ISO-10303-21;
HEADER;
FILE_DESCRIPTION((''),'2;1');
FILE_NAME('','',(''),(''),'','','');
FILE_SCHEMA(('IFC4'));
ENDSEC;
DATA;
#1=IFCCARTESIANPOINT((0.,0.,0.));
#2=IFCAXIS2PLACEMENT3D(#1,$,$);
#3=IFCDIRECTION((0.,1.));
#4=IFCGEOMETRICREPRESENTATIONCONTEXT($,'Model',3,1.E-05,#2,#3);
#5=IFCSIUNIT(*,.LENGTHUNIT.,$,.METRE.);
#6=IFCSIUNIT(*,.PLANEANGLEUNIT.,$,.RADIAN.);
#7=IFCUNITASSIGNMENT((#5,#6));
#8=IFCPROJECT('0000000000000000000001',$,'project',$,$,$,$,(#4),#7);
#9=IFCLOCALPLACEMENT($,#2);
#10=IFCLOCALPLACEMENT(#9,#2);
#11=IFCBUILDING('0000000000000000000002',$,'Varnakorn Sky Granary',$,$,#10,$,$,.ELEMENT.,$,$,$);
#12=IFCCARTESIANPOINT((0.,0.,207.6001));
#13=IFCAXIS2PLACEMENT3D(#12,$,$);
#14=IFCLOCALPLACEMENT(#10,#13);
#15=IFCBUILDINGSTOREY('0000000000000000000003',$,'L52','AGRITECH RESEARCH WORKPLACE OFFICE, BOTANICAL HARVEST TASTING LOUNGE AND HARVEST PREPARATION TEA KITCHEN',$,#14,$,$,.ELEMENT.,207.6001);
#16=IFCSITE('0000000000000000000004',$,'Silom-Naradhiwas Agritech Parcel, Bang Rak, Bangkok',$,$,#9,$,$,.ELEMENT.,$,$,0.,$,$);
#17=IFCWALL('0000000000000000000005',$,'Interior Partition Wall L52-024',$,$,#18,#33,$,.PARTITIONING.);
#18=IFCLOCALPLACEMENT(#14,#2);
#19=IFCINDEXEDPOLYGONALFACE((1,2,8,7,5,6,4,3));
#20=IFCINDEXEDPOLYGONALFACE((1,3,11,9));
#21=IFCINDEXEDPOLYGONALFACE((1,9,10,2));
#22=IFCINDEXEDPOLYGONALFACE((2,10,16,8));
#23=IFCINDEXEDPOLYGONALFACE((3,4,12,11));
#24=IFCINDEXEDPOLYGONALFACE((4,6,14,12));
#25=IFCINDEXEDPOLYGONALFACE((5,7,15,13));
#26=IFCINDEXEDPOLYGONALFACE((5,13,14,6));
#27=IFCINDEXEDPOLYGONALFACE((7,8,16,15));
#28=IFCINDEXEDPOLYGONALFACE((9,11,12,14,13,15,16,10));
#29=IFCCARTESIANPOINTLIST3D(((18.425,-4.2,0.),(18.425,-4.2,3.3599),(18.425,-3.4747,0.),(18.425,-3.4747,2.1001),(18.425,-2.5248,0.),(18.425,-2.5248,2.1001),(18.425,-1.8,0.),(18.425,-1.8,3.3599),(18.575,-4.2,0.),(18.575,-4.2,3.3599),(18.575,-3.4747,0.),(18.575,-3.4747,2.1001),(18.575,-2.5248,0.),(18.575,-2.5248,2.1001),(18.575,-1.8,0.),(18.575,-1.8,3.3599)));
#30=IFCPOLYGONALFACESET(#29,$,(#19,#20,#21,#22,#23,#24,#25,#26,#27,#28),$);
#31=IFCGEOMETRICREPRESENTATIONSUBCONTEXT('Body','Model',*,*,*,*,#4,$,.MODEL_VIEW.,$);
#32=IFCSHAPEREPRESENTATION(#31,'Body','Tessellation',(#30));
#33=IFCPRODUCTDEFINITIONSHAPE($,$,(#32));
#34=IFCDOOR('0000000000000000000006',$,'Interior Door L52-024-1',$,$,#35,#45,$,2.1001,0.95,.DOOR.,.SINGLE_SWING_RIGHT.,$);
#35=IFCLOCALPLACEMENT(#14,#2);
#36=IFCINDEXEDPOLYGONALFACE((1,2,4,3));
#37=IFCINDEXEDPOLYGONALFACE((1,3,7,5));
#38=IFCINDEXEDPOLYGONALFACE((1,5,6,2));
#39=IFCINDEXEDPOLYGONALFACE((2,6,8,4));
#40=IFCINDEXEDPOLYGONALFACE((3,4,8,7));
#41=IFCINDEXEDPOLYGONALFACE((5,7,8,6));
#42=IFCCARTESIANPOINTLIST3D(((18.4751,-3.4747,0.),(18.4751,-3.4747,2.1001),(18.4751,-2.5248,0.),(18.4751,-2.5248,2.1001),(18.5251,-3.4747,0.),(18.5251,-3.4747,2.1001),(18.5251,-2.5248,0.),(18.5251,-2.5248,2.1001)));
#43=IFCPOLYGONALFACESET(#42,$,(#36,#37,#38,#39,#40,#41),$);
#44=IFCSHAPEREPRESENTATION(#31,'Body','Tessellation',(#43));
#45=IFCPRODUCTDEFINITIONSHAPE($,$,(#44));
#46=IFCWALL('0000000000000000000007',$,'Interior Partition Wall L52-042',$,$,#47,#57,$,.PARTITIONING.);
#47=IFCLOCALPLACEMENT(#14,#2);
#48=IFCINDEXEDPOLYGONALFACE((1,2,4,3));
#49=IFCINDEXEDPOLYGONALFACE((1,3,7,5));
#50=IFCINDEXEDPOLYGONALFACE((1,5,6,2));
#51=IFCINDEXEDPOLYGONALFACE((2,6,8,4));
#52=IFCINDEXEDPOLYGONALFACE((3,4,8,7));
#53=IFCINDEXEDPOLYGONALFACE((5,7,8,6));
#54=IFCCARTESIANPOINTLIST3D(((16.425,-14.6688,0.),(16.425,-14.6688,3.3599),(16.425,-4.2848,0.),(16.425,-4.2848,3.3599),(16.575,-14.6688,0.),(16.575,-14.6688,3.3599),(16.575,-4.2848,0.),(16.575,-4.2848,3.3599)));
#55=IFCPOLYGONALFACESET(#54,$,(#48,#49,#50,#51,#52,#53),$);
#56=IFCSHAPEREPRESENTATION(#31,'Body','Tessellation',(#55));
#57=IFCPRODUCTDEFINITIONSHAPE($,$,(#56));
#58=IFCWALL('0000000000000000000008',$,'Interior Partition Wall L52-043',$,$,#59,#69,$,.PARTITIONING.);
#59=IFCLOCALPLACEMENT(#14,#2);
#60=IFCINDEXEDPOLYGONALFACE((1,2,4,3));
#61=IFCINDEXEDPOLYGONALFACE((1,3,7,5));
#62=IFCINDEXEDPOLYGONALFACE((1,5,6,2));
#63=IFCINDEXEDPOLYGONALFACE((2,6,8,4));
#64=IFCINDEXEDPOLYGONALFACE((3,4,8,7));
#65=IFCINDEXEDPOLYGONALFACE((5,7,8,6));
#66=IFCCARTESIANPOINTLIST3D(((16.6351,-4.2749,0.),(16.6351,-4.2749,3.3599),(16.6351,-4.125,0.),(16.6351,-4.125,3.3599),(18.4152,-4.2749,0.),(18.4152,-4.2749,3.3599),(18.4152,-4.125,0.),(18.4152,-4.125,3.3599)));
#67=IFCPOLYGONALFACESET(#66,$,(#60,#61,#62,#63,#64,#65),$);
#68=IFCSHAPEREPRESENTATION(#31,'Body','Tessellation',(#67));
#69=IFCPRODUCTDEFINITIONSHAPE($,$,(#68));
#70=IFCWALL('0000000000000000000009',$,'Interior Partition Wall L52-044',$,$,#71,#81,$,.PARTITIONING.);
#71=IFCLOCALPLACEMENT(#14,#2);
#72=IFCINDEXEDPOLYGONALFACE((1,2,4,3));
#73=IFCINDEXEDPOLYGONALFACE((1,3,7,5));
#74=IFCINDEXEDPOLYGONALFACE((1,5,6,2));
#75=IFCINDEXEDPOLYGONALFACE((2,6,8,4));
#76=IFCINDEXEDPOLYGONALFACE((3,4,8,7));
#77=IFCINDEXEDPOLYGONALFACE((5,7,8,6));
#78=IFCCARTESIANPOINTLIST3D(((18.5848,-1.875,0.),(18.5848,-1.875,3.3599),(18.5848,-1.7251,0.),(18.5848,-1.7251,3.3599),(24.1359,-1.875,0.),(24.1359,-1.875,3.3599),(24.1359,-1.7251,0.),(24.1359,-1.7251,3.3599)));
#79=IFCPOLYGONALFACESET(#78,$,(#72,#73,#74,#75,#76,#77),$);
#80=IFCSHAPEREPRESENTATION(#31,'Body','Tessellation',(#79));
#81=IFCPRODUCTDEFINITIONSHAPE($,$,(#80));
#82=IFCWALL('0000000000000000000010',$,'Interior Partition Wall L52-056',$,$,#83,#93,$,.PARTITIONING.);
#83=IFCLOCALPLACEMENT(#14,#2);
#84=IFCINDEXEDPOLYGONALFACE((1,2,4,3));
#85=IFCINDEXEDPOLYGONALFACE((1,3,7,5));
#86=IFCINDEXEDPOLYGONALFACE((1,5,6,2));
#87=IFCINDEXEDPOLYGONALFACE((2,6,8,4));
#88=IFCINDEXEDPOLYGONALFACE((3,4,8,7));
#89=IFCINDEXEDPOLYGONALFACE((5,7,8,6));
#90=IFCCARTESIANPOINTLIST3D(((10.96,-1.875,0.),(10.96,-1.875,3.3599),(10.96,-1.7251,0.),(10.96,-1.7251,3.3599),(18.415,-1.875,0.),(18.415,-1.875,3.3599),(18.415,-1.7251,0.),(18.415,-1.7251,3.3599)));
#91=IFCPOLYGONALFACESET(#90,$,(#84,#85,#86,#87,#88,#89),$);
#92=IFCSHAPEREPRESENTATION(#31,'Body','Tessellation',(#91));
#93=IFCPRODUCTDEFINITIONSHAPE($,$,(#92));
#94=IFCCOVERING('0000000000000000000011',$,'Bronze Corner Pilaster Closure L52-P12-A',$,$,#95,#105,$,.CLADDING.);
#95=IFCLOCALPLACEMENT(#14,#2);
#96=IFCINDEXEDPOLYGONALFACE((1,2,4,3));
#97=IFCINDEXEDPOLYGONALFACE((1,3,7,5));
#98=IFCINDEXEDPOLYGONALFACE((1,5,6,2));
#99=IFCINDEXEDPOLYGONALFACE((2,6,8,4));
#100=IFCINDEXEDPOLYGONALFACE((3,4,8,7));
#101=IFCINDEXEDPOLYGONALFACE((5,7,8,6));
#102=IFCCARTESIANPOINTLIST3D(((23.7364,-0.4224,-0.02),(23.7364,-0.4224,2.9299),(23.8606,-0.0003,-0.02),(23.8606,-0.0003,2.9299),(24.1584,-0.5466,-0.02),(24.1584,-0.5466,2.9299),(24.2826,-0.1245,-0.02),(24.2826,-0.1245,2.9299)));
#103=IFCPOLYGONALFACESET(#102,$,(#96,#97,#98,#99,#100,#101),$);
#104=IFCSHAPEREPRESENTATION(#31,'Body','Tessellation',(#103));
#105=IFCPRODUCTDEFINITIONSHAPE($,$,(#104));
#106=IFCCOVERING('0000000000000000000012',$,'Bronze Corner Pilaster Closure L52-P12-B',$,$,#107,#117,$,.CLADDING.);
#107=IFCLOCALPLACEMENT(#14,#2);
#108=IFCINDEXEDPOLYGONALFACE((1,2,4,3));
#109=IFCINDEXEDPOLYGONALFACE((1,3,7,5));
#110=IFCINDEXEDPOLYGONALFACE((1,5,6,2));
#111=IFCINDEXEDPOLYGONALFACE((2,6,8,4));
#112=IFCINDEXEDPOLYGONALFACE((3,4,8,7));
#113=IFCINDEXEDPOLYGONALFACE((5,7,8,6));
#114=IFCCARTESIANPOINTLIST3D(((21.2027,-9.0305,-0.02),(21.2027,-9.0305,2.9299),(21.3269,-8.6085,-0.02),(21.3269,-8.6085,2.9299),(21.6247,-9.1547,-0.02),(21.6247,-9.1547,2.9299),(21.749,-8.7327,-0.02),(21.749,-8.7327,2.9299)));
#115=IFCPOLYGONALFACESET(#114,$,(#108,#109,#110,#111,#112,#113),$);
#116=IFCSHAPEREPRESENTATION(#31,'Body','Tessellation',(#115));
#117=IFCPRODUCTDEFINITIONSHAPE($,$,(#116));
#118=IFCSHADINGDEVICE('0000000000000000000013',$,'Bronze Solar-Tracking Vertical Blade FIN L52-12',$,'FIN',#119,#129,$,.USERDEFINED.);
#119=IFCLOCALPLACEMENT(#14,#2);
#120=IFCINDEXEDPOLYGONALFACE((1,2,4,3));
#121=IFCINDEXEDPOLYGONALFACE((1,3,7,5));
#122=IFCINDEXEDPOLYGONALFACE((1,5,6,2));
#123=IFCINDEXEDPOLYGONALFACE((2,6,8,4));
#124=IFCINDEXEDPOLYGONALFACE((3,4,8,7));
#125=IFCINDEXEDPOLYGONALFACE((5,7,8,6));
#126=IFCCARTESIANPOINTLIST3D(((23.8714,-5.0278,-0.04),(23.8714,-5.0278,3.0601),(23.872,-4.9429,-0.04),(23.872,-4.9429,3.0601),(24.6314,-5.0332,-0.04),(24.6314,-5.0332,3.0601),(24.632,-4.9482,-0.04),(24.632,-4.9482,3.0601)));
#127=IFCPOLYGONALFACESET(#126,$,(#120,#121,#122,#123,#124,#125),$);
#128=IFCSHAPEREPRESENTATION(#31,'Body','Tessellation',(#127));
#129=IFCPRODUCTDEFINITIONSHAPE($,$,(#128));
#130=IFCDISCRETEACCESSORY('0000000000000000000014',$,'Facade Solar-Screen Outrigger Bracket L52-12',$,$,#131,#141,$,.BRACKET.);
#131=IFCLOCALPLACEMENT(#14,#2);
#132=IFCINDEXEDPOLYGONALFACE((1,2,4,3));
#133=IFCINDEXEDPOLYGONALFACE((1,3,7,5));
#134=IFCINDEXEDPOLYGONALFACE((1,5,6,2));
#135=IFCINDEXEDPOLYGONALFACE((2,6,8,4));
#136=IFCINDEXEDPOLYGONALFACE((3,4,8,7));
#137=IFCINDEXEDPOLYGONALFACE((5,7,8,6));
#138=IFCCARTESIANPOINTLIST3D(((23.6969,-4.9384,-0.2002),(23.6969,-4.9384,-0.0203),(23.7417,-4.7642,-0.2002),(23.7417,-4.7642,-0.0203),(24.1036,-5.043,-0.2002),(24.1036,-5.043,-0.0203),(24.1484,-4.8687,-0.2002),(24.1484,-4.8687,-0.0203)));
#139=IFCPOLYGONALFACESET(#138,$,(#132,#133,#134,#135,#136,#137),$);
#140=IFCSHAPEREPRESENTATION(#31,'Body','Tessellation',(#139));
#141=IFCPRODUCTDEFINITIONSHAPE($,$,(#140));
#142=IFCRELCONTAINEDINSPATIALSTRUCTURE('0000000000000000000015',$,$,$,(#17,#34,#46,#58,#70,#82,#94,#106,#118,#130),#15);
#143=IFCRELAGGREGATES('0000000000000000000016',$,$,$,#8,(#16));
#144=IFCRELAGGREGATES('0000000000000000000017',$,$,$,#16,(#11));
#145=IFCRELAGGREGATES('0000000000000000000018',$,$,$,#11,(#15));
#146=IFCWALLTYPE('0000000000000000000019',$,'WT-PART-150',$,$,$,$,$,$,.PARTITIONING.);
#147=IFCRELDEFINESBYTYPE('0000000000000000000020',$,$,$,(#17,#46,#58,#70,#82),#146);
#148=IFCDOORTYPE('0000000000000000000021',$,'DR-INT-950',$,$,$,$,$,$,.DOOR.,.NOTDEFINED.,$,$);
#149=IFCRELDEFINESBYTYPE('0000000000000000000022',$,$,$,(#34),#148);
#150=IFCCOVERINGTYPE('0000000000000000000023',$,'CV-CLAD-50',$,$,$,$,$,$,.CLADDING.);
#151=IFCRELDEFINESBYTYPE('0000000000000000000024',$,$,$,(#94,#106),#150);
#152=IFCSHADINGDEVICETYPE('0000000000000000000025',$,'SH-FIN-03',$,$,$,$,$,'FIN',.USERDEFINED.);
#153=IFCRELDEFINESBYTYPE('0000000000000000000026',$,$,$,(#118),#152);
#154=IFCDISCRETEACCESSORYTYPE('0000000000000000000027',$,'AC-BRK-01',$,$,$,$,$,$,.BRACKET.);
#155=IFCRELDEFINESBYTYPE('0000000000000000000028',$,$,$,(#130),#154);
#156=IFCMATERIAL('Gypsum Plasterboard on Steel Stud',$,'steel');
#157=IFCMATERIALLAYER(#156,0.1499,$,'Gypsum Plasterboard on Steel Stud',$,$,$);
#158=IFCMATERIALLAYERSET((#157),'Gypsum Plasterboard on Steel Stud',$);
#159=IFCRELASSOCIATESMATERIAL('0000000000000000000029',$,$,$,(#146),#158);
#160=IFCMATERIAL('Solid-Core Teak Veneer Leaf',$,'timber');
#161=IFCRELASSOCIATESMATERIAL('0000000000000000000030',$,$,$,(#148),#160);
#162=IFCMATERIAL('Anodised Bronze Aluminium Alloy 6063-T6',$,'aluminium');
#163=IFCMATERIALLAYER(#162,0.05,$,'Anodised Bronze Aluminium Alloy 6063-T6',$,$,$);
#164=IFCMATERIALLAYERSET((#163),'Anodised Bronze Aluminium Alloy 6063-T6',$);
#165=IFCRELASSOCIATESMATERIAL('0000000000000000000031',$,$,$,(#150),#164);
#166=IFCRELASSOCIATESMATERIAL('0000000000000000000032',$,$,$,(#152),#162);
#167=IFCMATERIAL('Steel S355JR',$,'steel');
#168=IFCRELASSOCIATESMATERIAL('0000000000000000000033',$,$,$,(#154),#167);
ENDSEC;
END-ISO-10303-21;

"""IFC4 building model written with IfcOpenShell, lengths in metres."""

from ifc_helpers import new_model, si_unit, direction, frame, frame_2d, origin, origin_2d, place, context, subcontext, project, spatial, rectangle, extrude, source, transform, mapped, material, layer, layer_set, type_object, type_shapes, element, fill, save


model = new_model("IFC4")

# Units and contexts
model_context = context("Model", 3, precision=1e-05, world=origin(), true_north=direction((0.0, 1.0)))
body_context = subcontext(model_context, "Body", "Model", "MODEL_VIEW")
ifc_project = project(units=[si_unit("LENGTHUNIT", "METRE"), si_unit("PLANEANGLEUNIT", "RADIAN")], contexts=[model_context])

# Site, building, storey
site_placement = place(None, origin())
site = spatial("IfcSite", under=ifc_project, at=site_placement, Name="Silom-Naradhiwas Agritech Parcel, Bang Rak, Bangkok", CompositionType="ELEMENT", RefElevation=0.0)
building_placement = place(site_placement, origin())
building = spatial("IfcBuilding", under=site, at=building_placement, Name="Varnakorn Sky Granary", CompositionType="ELEMENT")
storey_placement = place(building_placement, frame((0.0, 0.0, 207.6001)))
storey = spatial("IfcBuildingStorey", under=building, at=storey_placement, Name="L52", Description="AGRITECH RESEARCH WORKPLACE OFFICE, BOTANICAL HARVEST TASTING LOUNGE AND HARVEST PREPARATION TEA KITCHEN", CompositionType="ELEMENT", Elevation=207.6001)

# Shared definitions
ifc_material_1 = material(Name="Steel S355JR", Category="steel")

# Shared definitions
ifc_material_2 = material(Name="Anodised Bronze Aluminium Alloy 6063-T6", Category="aluminium")

# Wall, opening, door
ifc_material_3 = material(Name="Gypsum Plasterboard on Steel Stud", Category="steel")
ifc_layer_1 = layer(ifc_material_3, 0.1499, Name="Gypsum Plasterboard on Steel Stud")
ifc_layer_set_1 = layer_set([ifc_layer_1], Name="Gypsum Plasterboard on Steel Stud")
wall_type_1 = type_object("IfcWallType", Name="WT-PART-150", PredefinedType="PARTITIONING", material=ifc_layer_set_1)
wall_1_placement = place(storey_placement, frame((18.5, -4.2, 0.0), z_axis=(0.0, 0.0, 1.0), x_axis=(0.0, 1.0, 0.0)))
wall_1 = element("IfcWall", 1, at=wall_1_placement, inside=storey, type_object=wall_type_1, Name="Interior Partition Wall L52-024", PredefinedType="PARTITIONING", context=body_context, shape_type="SweptSolid", body=[
    extrude(rectangle(XDim=2.3999, YDim=0.1499, at=frame_2d((1.2, 0.0))), origin(), (0.0, 0.0, 1.0), 3.3599),
])
opening_placement = place(wall_1_placement, frame((0.7251, 0.0, 0.0)))
opening = element("IfcOpeningElement", 2, at=opening_placement, cuts=wall_1, PredefinedType="OPENING", context=body_context, shape_type="SweptSolid", body=[
    extrude(rectangle(XDim=0.95, YDim=2.1001, at=frame_2d((0.4751, 1.05))), frame((0.0, 0.085, 0.0), z_axis=(0.0, -1.0, 0.0), x_axis=(1.0, 0.0, 0.0)), (0.0, 0.0, 1.0), 0.1699),
])
ifc_material_4 = material(Name="Solid-Core Teak Veneer Leaf", Category="timber")
door_type = type_object("IfcDoorType", Name="DR-INT-950", OperationType="NOTDEFINED", PredefinedType="DOOR", material=ifc_material_4)
door_placement = place(opening_placement, origin())
door = element("IfcDoor", 3, at=door_placement, inside=storey, type_object=door_type, Name="Interior Door L52-024-1", OperationType="SINGLE_SWING_RIGHT", OverallHeight=2.1001, OverallWidth=0.95, PredefinedType="DOOR", context=body_context, shape_type="SweptSolid", body=[
    extrude(rectangle(XDim=0.95, YDim=2.1001, at=frame_2d((0.4751, 1.05))), frame((0.0, 0.0249, 0.0), z_axis=(0.0, -1.0, 0.0), x_axis=(1.0, 0.0, 0.0)), (0.0, 0.0, 1.0), 0.05),
])
fill(opening, door)

# Walls
wall_2_placement = place(storey_placement, frame((16.5, -4.2849, 0.0), z_axis=(0.0, 0.0, 1.0), x_axis=(0.0, -1.0, 0.0)))
element("IfcWall", 4, at=wall_2_placement, inside=storey, type_object=wall_type_1, Name="Interior Partition Wall L52-042", PredefinedType="PARTITIONING", context=body_context, shape_type="SweptSolid", body=[
    extrude(rectangle(XDim=10.384, YDim=0.1499, at=frame_2d((5.1919, 0.0))), origin(), (0.0, 0.0, 1.0), 3.3599),
])
wall_3_placement = place(storey_placement, frame((16.635, -4.2, 0.0), z_axis=(0.0, 0.0, 1.0), x_axis=(1.0, 0.0, 0.0)))
element("IfcWall", 5, at=wall_3_placement, inside=storey, type_object=wall_type_1, Name="Interior Partition Wall L52-043", PredefinedType="PARTITIONING", context=body_context, shape_type="SweptSolid", body=[
    extrude(rectangle(XDim=1.78, YDim=0.1499, at=frame_2d((0.8901, 0.0))), origin(), (0.0, 0.0, 1.0), 3.3599),
])
wall_4_placement = place(storey_placement, frame((18.585, -1.8, 0.0), z_axis=(0.0, 0.0, 1.0), x_axis=(1.0, 0.0, 0.0)))
element("IfcWall", 6, at=wall_4_placement, inside=storey, type_object=wall_type_1, Name="Interior Partition Wall L52-044", PredefinedType="PARTITIONING", context=body_context, shape_type="SweptSolid", body=[
    extrude(rectangle(XDim=5.551, YDim=0.1499, at=frame_2d((2.7754, 0.0))), origin(), (0.0, 0.0, 1.0), 3.3599),
])
wall_5_placement = place(storey_placement, frame((18.415, -1.8, 0.0), z_axis=(0.0, 0.0, 1.0), x_axis=(-1.0, 0.0, 0.0)))
element("IfcWall", 7, at=wall_5_placement, inside=storey, type_object=wall_type_1, Name="Interior Partition Wall L52-056", PredefinedType="PARTITIONING", context=body_context, shape_type="SweptSolid", body=[
    extrude(rectangle(XDim=7.4551, YDim=0.1499, at=frame_2d((3.7275, 0.0))), origin(), (0.0, 0.0, 1.0), 3.3599),
])

# Coverings
ifc_layer_2 = layer(ifc_material_2, 0.05, Name="Anodised Bronze Aluminium Alloy 6063-T6")
ifc_layer_set_2 = layer_set([ifc_layer_2], Name="Anodised Bronze Aluminium Alloy 6063-T6")
covering_type = type_object("IfcCoveringType", Name="CV-CLAD-50", PredefinedType="CLADDING", material=ifc_layer_set_2)
shared_shape_1 = source(origin(), body_context, "Body", "SweptSolid", [
    extrude(rectangle(XDim=0.4399, YDim=0.4399, at=origin_2d()), origin(), (0.0, 0.0, 1.0), 2.95),
])
type_shapes(covering_type, [shared_shape_1])
for number, where, z_axis, x_axis, name in (
    (8, (24.0095, -0.2734, -0.02), (0.0, 0.0, 1.0), (-0.282341, -0.959314, 0.0), "Bronze Corner Pilaster Closure L52-P12-A"),
    (9, (21.4758, -8.8816, -0.02), (0.0, 0.0, 1.0), (-0.282341, -0.959314, 0.0), "Bronze Corner Pilaster Closure L52-P12-B"),
):
    element("IfcCovering", number, at=place(storey_placement, frame(where, z_axis=z_axis, x_axis=x_axis)), inside=storey, type_object=covering_type, Name=name, PredefinedType="CLADDING", context=body_context, shape_type="MappedRepresentation", body=[
        mapped(shared_shape_1, transform((0.0, 0.0, 0.0), x_axis=(1.0, 0.0, 0.0), y_axis=(0.0, 1.0, 0.0), z_axis=(0.0, 0.0, 1.0), scale=1.0)),
    ])

# Shading device
shading_device_type = type_object("IfcShadingDeviceType", Name="SH-FIN-03", ElementType="FIN", PredefinedType="USERDEFINED", material=ifc_material_2)
shared_shape_2 = source(origin(), body_context, "Body", "SweptSolid", [
    extrude(rectangle(XDim=0.085, YDim=0.76, at=origin_2d()), origin(), (0.0, 0.0, 1.0), 3.1001),
])
type_shapes(shading_device_type, [shared_shape_2])
shading_device_placement = place(storey_placement, frame((24.2517, -4.988, -0.04), z_axis=(0.0, 0.0, 1.0), x_axis=(0.007021, 0.999975, 0.0)))
element("IfcShadingDevice", 10, at=shading_device_placement, inside=storey, type_object=shading_device_type, Name="Bronze Solar-Tracking Vertical Blade FIN L52-12", ObjectType="FIN", PredefinedType="USERDEFINED", context=body_context, shape_type="MappedRepresentation", body=[
    mapped(shared_shape_2, transform((0.0, 0.0, 0.0), x_axis=(1.0, 0.0, 0.0), y_axis=(0.0, 1.0, 0.0), z_axis=(0.0, 0.0, 1.0), scale=1.0)),
])

# Discrete accessory
discrete_accessory_type = type_object("IfcDiscreteAccessoryType", Name="AC-BRK-01", PredefinedType="BRACKET", material=ifc_material_1)
shared_shape_3 = source(origin(), body_context, "Body", "SweptSolid", [
    extrude(rectangle(XDim=0.1799, YDim=0.4199, at=origin_2d()), origin(), (0.0, 0.0, 1.0), 0.1799),
])
type_shapes(discrete_accessory_type, [shared_shape_3])
discrete_accessory_placement = place(storey_placement, frame((23.9226, -4.9036, -0.2002), z_axis=(0.0, 0.0, 1.0), x_axis=(0.248999, 0.968504, 0.0)))
element("IfcDiscreteAccessory", 11, at=discrete_accessory_placement, inside=storey, type_object=discrete_accessory_type, Name="Facade Solar-Screen Outrigger Bracket L52-12", PredefinedType="BRACKET", context=body_context, shape_type="MappedRepresentation", body=[
    mapped(shared_shape_3, transform((0.0, 0.0, 0.0), x_axis=(1.0, 0.0, 0.0), y_axis=(0.0, 1.0, 0.0), z_axis=(0.0, 0.0, 1.0), scale=1.0)),
])

save(model, "model.ifc")
